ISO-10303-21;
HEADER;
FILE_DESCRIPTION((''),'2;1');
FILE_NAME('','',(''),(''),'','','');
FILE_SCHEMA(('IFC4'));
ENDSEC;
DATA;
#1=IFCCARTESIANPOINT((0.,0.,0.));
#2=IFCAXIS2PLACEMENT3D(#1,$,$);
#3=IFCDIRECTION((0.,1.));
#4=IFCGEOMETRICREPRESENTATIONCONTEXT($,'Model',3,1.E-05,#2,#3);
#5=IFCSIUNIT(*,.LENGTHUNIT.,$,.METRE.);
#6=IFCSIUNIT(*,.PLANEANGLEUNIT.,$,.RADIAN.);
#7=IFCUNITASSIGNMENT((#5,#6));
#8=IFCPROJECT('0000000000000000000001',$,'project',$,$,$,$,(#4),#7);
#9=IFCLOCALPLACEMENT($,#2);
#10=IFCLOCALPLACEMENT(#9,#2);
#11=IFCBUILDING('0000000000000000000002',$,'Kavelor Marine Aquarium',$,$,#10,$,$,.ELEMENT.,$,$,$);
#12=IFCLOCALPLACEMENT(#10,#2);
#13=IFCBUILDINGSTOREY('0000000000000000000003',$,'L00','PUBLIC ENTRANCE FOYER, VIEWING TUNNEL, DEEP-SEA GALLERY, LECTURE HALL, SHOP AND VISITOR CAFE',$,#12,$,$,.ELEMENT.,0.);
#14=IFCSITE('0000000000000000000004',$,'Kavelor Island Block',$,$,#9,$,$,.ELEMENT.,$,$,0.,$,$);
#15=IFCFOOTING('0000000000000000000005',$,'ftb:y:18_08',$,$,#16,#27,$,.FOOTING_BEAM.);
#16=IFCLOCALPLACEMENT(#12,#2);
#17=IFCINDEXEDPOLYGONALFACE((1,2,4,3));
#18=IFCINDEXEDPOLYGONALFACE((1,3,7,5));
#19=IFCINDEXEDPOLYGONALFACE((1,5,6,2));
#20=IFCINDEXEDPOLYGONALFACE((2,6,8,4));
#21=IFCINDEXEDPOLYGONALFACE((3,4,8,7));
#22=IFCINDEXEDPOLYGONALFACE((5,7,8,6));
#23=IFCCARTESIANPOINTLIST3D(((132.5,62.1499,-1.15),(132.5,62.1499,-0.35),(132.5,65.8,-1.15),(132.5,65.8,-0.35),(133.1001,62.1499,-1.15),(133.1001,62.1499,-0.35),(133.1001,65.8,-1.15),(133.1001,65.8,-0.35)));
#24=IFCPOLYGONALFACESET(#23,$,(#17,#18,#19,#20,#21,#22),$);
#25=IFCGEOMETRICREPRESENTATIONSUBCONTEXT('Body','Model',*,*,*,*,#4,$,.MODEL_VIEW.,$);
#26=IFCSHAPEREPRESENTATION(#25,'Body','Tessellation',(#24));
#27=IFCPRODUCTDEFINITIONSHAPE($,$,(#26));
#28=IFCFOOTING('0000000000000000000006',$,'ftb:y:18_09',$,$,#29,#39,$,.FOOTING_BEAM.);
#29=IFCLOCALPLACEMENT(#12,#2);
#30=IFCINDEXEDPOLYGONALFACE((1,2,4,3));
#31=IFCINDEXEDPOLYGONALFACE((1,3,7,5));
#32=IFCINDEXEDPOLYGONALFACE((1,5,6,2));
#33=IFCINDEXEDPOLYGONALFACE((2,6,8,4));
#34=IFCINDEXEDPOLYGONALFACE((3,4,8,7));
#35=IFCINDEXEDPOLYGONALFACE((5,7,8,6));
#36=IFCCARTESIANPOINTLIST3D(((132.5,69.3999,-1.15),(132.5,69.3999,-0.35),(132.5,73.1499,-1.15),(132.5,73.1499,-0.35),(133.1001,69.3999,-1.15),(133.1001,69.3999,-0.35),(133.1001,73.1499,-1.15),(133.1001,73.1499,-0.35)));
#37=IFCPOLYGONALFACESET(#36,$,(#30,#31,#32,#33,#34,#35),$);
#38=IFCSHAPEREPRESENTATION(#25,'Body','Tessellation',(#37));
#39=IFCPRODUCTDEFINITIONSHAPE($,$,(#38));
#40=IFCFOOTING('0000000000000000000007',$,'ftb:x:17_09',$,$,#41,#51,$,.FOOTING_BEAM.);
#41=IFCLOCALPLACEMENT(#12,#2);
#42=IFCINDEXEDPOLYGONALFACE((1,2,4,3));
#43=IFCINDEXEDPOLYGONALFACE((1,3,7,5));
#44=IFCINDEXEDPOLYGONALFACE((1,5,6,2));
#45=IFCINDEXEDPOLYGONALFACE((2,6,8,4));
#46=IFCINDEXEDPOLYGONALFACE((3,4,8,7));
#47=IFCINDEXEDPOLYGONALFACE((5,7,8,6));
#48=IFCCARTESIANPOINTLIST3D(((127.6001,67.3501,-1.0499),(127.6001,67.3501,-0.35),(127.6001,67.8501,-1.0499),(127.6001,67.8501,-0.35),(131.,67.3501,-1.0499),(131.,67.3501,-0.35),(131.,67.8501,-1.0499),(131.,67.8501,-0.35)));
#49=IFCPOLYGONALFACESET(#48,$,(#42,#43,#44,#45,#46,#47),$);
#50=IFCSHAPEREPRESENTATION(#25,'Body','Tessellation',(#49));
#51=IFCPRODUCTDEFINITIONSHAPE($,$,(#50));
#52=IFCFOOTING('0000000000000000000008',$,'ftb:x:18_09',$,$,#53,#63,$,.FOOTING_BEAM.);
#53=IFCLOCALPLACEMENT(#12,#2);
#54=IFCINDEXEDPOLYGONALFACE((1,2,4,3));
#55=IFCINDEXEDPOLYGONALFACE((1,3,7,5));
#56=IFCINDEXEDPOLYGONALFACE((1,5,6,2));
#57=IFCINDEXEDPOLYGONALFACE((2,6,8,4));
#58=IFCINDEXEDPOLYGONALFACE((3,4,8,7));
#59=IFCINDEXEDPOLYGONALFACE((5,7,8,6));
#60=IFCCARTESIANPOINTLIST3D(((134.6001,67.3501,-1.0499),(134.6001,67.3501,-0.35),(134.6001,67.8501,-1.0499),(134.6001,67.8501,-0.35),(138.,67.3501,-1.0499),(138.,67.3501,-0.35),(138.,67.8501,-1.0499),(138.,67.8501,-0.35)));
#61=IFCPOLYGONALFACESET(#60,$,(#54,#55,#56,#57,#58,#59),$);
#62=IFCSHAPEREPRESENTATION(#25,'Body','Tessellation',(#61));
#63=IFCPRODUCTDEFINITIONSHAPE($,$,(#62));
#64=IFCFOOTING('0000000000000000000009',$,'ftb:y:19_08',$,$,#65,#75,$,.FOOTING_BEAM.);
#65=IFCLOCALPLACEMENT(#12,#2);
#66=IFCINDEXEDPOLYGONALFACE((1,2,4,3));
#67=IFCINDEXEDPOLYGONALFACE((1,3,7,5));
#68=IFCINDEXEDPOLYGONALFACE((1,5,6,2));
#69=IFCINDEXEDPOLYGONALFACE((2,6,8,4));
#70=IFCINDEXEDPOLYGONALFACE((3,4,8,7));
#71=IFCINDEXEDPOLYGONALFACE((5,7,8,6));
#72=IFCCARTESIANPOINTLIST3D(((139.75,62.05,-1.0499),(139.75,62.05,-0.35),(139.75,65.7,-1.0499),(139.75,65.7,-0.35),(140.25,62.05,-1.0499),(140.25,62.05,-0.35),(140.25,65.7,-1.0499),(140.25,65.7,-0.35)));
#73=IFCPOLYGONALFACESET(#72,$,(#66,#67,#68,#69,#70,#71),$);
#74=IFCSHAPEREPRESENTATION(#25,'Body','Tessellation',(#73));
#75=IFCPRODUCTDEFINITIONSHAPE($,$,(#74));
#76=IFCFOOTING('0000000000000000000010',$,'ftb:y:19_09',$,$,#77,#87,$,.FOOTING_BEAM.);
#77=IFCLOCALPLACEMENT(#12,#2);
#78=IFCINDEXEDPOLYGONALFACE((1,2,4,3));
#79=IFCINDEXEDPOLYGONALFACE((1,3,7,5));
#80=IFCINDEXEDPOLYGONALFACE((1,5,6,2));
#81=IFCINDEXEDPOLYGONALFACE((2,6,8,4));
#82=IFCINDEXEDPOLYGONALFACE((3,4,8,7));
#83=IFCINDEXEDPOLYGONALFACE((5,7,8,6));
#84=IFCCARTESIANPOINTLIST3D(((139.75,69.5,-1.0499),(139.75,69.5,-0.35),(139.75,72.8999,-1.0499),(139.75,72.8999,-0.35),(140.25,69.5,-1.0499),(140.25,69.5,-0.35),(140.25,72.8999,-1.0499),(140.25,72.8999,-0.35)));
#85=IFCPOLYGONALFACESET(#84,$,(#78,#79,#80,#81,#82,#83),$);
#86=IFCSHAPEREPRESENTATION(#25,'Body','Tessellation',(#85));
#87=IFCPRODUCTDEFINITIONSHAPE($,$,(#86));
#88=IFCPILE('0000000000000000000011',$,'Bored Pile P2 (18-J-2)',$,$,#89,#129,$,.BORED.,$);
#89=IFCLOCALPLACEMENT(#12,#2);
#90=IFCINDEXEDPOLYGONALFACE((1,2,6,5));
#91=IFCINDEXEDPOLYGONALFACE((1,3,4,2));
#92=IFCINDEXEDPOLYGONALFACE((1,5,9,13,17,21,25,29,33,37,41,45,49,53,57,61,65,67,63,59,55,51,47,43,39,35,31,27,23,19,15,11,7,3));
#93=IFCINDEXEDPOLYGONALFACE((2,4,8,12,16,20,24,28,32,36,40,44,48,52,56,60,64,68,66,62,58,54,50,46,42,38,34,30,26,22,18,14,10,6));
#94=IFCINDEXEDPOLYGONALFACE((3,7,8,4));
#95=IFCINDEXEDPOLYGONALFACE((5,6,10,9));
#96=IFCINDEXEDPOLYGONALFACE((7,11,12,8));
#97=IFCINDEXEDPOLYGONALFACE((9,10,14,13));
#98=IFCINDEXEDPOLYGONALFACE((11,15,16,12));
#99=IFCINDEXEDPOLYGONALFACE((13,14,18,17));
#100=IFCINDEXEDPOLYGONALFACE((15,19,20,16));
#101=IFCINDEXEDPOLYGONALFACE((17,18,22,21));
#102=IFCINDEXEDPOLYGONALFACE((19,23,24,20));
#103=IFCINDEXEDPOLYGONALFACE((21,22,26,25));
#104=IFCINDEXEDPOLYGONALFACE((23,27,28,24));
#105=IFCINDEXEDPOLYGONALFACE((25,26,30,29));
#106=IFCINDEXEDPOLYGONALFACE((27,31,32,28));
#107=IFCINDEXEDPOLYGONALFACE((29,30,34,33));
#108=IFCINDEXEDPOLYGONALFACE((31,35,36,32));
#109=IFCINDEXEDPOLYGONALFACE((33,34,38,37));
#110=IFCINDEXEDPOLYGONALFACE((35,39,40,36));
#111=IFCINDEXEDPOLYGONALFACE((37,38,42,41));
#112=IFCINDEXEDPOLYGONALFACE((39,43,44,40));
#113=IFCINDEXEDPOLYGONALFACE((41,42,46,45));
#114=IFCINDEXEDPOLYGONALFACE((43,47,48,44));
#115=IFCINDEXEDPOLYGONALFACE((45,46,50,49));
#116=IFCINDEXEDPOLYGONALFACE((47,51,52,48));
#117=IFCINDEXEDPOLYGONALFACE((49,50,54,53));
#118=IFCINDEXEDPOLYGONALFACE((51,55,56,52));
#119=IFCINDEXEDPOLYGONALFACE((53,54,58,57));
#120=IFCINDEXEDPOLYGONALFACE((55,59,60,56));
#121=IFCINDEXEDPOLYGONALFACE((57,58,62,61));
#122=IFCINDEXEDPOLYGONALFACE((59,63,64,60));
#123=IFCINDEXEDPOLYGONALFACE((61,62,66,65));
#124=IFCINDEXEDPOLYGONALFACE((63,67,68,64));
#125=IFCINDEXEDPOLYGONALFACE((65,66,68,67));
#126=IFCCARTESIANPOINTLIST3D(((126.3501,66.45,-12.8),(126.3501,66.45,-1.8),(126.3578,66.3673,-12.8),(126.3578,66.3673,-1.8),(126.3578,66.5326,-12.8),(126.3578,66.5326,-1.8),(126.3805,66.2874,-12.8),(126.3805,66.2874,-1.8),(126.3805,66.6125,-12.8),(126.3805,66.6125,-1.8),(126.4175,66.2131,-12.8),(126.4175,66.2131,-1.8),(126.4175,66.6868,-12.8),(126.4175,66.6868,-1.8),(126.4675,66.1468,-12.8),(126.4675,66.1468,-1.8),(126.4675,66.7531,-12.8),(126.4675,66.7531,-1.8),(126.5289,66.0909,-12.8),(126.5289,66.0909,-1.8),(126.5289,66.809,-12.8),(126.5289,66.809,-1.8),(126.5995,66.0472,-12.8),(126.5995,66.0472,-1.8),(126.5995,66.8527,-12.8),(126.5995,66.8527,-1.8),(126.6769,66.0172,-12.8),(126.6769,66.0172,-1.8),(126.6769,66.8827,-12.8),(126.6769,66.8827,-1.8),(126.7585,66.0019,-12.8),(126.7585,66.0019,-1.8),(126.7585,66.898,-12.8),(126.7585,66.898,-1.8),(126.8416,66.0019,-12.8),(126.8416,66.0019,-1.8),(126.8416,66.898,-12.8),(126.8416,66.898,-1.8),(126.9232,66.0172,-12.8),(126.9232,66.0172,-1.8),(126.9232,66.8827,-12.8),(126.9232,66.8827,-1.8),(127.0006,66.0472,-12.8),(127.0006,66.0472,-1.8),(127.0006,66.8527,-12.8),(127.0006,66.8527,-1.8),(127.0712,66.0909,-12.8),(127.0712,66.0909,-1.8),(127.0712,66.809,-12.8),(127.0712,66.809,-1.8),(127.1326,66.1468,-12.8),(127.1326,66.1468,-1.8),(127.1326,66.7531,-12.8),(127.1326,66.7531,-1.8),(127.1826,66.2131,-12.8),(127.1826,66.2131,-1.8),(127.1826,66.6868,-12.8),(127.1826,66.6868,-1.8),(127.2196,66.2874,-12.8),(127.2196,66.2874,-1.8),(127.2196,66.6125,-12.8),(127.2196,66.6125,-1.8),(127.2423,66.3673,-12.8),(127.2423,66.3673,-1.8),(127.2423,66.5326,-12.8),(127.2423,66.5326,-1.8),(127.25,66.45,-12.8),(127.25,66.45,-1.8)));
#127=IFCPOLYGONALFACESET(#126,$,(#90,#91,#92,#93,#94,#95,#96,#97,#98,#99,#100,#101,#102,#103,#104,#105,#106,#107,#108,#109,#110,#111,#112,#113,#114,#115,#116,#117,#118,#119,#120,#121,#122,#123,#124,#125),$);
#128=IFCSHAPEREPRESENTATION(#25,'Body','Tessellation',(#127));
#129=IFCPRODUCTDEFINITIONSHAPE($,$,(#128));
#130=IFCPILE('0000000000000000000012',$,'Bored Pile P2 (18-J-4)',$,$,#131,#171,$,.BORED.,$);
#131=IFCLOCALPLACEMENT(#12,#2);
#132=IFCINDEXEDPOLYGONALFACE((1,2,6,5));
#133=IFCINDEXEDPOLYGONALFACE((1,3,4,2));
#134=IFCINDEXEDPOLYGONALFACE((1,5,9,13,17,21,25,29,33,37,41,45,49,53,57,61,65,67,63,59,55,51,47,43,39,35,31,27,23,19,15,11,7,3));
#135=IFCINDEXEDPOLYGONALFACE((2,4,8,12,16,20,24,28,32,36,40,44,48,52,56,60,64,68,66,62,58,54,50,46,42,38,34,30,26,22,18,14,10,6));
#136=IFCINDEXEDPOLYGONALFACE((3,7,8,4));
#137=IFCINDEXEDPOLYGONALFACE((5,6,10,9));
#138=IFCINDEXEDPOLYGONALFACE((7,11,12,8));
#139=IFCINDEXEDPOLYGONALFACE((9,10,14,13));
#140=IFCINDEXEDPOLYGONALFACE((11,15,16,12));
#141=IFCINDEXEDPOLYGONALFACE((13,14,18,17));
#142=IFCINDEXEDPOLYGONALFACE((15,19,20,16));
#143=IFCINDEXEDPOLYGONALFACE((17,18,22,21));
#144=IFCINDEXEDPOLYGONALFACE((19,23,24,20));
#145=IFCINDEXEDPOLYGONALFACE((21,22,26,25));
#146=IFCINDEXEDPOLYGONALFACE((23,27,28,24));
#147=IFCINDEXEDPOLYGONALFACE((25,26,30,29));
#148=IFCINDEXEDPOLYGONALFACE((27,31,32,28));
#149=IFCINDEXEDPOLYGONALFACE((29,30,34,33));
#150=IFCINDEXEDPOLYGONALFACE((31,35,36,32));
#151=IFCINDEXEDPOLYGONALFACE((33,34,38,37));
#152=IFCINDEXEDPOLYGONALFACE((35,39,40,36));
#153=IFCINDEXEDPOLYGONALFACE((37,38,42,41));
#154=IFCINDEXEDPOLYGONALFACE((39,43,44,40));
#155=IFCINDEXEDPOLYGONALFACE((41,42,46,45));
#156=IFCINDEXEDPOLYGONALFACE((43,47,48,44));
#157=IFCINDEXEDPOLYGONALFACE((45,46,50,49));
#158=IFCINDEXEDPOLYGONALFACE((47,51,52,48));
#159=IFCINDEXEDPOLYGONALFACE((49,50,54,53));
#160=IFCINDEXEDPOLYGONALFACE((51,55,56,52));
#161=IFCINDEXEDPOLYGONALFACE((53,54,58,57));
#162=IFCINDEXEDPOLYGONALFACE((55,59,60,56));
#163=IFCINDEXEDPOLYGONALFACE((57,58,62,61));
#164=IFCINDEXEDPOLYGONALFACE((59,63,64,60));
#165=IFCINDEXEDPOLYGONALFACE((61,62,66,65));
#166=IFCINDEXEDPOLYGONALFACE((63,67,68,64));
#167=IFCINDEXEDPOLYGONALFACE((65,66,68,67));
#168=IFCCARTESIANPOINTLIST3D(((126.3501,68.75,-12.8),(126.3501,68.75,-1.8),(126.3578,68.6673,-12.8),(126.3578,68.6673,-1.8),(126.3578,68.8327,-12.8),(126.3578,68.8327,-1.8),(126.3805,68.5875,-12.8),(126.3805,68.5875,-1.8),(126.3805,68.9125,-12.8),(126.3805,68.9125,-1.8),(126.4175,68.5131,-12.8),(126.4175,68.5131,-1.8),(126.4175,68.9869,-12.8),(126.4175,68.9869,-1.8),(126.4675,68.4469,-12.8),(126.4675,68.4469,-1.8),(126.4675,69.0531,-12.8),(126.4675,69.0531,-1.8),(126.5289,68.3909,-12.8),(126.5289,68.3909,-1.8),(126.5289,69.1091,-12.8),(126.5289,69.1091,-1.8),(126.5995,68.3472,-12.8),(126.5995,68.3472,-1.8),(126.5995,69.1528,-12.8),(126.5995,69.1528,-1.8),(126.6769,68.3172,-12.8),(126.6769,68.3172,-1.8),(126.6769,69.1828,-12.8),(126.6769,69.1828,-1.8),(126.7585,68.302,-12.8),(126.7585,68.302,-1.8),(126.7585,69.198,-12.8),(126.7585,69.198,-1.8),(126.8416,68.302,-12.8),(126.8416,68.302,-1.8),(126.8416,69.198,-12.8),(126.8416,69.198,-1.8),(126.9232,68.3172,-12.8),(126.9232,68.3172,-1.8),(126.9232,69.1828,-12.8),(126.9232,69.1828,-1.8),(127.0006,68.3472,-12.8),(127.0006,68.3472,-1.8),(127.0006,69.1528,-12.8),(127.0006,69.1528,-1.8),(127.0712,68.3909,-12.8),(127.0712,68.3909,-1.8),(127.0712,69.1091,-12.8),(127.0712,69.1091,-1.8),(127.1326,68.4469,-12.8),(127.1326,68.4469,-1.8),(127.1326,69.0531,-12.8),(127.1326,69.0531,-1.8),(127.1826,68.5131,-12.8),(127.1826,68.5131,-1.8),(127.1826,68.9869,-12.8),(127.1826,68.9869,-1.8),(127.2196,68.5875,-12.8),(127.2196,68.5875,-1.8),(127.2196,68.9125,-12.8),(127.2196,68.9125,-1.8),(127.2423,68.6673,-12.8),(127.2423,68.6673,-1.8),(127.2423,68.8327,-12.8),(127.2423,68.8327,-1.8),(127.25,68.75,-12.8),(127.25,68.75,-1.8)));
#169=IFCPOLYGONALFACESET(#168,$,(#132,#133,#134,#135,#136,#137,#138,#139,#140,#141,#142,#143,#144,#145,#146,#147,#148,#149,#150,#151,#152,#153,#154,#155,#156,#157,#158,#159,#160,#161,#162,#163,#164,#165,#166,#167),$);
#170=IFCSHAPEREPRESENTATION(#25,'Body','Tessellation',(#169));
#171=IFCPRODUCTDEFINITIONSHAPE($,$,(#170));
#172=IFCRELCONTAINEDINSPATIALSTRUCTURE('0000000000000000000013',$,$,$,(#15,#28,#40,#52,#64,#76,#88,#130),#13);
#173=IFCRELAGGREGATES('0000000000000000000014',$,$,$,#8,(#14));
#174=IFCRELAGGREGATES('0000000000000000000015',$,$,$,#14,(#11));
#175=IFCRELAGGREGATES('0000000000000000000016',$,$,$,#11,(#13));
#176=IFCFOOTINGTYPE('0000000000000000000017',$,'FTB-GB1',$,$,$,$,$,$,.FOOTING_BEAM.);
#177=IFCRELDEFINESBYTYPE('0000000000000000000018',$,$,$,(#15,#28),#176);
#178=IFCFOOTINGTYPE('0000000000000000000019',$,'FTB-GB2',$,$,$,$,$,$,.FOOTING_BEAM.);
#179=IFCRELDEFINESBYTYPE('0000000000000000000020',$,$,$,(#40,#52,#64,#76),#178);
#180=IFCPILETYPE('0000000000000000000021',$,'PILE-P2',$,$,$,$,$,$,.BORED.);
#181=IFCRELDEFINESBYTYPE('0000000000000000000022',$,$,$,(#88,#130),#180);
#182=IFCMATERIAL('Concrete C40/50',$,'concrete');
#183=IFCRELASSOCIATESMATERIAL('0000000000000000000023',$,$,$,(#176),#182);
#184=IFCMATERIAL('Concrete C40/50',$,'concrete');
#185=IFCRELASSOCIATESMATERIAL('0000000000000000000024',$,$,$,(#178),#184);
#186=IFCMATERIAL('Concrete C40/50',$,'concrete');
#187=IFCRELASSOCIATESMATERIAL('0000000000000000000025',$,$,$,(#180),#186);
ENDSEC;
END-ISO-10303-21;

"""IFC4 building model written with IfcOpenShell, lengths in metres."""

from ifc_helpers import new_model, si_unit, direction, frame, origin, origin_2d, place, context, subcontext, project, spatial, rectangle, circle, extrude, material, material_profile, profile_set, type_object, element, save


model = new_model("IFC4")

# Units and contexts
model_context = context("Model", 3, precision=1e-05, world=origin(), true_north=direction((0.0, 1.0)))
body_context = subcontext(model_context, "Body", "Model", "MODEL_VIEW")
ifc_project = project(units=[si_unit("LENGTHUNIT", "METRE"), si_unit("PLANEANGLEUNIT", "RADIAN")], contexts=[model_context])

# Site, building, storey
site_placement = place(None, origin())
site = spatial("IfcSite", under=ifc_project, at=site_placement, Name="Kavelor Island Block", CompositionType="ELEMENT", RefElevation=0.0)
building_placement = place(site_placement, origin())
building = spatial("IfcBuilding", under=site, at=building_placement, Name="Kavelor Marine Aquarium", CompositionType="ELEMENT")
storey_placement = place(building_placement, origin())
storey = spatial("IfcBuildingStorey", under=building, at=storey_placement, Name="L00", Description="PUBLIC ENTRANCE FOYER, VIEWING TUNNEL, DEEP-SEA GALLERY, LECTURE HALL, SHOP AND VISITOR CAFE", CompositionType="ELEMENT", Elevation=0.0)

# Footings
ifc_material_1 = material(Name="Concrete C40/50", Category="concrete")
ifc_material_profile_1 = material_profile(ifc_material_1, rectangle(XDim=0.6001, YDim=0.8, at=origin_2d()), Name="GB 600x800")
ifc_profile_set_1 = profile_set([ifc_material_profile_1], Name="Concrete C40/50")
footing_type_1 = type_object("IfcFootingType", Name="FTB-GB1", PredefinedType="FOOTING_BEAM", material=ifc_profile_set_1)
footing_1_placement = place(storey_placement, frame((132.8, 62.1499, -0.75), z_axis=(0.0, 1.0, 0.0), x_axis=(-1.0, 0.0, 0.0)))
element("IfcFooting", 1, at=footing_1_placement, inside=storey, type_object=footing_type_1, Name="ftb:y:18_08", PredefinedType="FOOTING_BEAM", context=body_context, shape_type="SweptSolid", body=[
    extrude(rectangle(XDim=0.6001, YDim=0.8, at=origin_2d()), origin(), (0.0, 0.0, 1.0), 3.6501),
])
footing_2_placement = place(storey_placement, frame((132.8, 69.3999, -0.75), z_axis=(0.0, 1.0, 0.0), x_axis=(-1.0, 0.0, 0.0)))
element("IfcFooting", 2, at=footing_2_placement, inside=storey, type_object=footing_type_1, Name="ftb:y:18_09", PredefinedType="FOOTING_BEAM", context=body_context, shape_type="SweptSolid", body=[
    extrude(rectangle(XDim=0.6001, YDim=0.8, at=origin_2d()), origin(), (0.0, 0.0, 1.0), 3.75),
])
ifc_material_2 = material(Name="Concrete C40/50", Category="concrete")
ifc_material_profile_2 = material_profile(ifc_material_2, rectangle(XDim=0.5, YDim=0.7, at=origin_2d()), Name="GB 500x700")
ifc_profile_set_2 = profile_set([ifc_material_profile_2], Name="Concrete C40/50")
footing_type_2 = type_object("IfcFootingType", Name="FTB-GB2", PredefinedType="FOOTING_BEAM", material=ifc_profile_set_2)
for number, where, z_axis, x_axis, name in (
    (3, (127.6001, 67.6001, -0.7), (1.0, 0.0, 0.0), (0.0, 1.0, 0.0), "ftb:x:17_09"),
    (4, (134.6001, 67.6001, -0.7), (1.0, 0.0, 0.0), (0.0, 1.0, 0.0), "ftb:x:18_09"),
):
    element("IfcFooting", number, at=place(storey_placement, frame(where, z_axis=z_axis, x_axis=x_axis)), inside=storey, type_object=footing_type_2, Name=name, PredefinedType="FOOTING_BEAM", context=body_context, shape_type="SweptSolid", body=[
        extrude(rectangle(XDim=0.5, YDim=0.7, at=origin_2d()), origin(), (0.0, 0.0, 1.0), 3.3999),
    ])
footing_3_placement = place(storey_placement, frame((140.0, 62.05, -0.7), z_axis=(0.0, 1.0, 0.0), x_axis=(-1.0, 0.0, 0.0)))
element("IfcFooting", 5, at=footing_3_placement, inside=storey, type_object=footing_type_2, Name="ftb:y:19_08", PredefinedType="FOOTING_BEAM", context=body_context, shape_type="SweptSolid", body=[
    extrude(rectangle(XDim=0.5, YDim=0.7, at=origin_2d()), origin(), (0.0, 0.0, 1.0), 3.6499),
])
footing_4_placement = place(storey_placement, frame((140.0, 69.5, -0.7), z_axis=(0.0, 1.0, 0.0), x_axis=(-1.0, 0.0, 0.0)))
element("IfcFooting", 6, at=footing_4_placement, inside=storey, type_object=footing_type_2, Name="ftb:y:19_09", PredefinedType="FOOTING_BEAM", context=body_context, shape_type="SweptSolid", body=[
    extrude(rectangle(XDim=0.5, YDim=0.7, at=origin_2d()), origin(), (0.0, 0.0, 1.0), 3.3999),
])

# Piles
ifc_material_3 = material(Name="Concrete C40/50", Category="concrete")
ifc_material_profile_3 = material_profile(ifc_material_3, circle(Radius=0.45, at=origin_2d()), Name="PILE D900")
ifc_profile_set_3 = profile_set([ifc_material_profile_3], Name="Concrete C40/50")
pile_type_1 = type_object("IfcPileType", Name="PILE-P2", PredefinedType="BORED", material=ifc_profile_set_3)
for number, where, z_axis, x_axis, name in (
    (7, (126.8, 66.45, -1.8), (0.0, 0.0, -1.0), (1.0, 0.0, 0.0), "Bored Pile P2 (18-J-2)"),
    (8, (126.8, 68.75, -1.8), (0.0, 0.0, -1.0), (1.0, 0.0, 0.0), "Bored Pile P2 (18-J-4)"),
):
    element("IfcPile", number, at=place(storey_placement, frame(where, z_axis=z_axis, x_axis=x_axis)), inside=storey, type_object=pile_type_1, Name=name, PredefinedType="BORED", context=body_context, shape_type="SweptSolid", body=[
        extrude(circle(Radius=0.45, at=origin_2d()), origin(), (0.0, 0.0, 1.0), 11.0),
    ])

save(model, "model.ifc")
